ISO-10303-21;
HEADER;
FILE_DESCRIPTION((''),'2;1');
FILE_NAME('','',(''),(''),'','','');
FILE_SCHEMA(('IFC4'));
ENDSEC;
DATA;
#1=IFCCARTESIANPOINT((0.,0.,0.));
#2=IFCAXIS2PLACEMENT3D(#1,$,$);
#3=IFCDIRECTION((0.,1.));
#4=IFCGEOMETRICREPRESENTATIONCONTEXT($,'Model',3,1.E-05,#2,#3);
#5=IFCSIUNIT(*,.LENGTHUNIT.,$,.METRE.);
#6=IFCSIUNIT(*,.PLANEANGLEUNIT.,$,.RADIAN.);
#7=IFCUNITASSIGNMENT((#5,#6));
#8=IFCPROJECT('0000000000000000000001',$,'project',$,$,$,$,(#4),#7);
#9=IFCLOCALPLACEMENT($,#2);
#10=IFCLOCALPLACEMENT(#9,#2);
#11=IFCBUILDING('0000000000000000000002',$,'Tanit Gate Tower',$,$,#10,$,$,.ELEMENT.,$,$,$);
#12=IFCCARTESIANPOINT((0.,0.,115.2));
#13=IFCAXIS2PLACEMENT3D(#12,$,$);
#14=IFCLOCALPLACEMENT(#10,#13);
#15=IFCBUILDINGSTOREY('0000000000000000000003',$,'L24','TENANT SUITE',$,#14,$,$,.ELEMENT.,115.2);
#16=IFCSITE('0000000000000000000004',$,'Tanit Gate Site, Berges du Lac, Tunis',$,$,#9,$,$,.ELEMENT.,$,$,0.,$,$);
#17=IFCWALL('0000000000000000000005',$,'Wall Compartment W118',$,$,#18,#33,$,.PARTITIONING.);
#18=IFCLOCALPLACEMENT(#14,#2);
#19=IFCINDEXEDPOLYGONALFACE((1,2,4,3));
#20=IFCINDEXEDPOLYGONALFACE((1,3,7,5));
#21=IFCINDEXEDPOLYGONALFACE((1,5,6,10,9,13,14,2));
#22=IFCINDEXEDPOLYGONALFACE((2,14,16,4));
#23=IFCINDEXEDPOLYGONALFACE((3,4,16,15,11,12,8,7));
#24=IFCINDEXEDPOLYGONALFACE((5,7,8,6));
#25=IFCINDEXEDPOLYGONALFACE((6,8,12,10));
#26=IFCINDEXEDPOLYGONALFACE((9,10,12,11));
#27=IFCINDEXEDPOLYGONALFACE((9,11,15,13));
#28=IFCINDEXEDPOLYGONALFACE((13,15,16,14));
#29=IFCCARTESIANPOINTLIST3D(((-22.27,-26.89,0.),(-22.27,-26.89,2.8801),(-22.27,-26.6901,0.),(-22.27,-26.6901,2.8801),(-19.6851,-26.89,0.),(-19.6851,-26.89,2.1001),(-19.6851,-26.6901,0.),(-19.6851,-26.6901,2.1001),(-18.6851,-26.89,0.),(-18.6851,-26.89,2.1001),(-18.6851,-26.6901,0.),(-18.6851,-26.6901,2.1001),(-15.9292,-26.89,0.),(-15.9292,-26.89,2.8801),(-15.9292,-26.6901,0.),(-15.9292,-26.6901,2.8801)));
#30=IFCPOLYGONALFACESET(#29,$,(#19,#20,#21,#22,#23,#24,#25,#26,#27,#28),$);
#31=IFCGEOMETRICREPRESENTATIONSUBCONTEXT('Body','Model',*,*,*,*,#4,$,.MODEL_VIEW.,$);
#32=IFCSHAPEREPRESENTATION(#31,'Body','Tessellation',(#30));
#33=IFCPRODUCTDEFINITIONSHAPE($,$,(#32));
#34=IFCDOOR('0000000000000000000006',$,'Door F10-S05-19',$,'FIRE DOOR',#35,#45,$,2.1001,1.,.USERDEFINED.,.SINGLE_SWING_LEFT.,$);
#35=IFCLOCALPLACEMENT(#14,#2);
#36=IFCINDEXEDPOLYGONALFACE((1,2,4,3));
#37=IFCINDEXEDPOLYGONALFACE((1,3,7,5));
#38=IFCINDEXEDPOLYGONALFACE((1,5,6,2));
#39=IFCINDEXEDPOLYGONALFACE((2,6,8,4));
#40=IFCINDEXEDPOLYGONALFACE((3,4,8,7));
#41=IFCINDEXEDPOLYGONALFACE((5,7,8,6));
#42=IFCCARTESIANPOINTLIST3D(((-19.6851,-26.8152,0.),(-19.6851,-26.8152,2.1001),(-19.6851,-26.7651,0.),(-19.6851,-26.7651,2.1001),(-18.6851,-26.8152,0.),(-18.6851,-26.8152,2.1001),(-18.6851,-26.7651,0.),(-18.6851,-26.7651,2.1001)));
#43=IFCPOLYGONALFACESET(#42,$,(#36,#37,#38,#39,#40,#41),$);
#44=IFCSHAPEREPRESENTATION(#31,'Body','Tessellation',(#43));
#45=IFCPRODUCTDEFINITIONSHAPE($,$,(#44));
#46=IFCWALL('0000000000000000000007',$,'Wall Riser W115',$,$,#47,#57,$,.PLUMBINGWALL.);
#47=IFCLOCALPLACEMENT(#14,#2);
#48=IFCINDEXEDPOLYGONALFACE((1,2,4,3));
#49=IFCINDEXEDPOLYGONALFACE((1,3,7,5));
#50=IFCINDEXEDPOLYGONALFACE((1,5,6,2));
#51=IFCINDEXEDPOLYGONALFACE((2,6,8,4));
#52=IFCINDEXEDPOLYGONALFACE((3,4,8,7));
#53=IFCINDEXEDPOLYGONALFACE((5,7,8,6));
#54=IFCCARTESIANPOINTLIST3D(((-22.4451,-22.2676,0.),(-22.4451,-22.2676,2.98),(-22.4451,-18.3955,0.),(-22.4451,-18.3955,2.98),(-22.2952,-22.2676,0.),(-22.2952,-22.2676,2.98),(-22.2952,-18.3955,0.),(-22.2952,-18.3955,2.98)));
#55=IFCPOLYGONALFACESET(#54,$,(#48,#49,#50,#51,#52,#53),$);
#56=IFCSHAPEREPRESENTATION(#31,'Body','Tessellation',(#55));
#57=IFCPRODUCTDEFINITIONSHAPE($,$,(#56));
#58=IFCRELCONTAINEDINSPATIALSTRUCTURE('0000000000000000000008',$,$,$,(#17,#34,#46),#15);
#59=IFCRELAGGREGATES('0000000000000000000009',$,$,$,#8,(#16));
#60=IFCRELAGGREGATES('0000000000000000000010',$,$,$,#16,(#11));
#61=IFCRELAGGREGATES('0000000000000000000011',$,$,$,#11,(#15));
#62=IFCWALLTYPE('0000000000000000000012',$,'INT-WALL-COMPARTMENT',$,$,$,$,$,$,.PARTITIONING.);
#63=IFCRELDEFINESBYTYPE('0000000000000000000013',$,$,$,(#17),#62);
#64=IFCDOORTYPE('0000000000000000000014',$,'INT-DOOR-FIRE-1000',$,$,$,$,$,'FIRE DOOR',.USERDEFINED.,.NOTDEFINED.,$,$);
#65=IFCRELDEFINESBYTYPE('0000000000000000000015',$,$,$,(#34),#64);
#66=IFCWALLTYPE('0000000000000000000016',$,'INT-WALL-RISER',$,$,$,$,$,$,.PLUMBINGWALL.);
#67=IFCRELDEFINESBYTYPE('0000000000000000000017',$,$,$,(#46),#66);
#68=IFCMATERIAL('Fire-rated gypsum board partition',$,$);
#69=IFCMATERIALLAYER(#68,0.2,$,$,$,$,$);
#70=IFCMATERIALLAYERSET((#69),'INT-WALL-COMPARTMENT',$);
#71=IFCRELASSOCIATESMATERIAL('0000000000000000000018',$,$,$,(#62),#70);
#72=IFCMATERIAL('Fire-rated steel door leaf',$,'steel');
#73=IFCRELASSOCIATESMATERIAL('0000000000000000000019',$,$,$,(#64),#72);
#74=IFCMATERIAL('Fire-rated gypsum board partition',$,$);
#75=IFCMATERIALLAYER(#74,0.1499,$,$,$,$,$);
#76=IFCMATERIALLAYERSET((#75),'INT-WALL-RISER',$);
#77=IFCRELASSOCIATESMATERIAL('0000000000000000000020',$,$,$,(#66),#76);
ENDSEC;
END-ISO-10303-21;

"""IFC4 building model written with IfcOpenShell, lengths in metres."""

from ifc_helpers import new_model, si_unit, direction, frame, frame_2d, origin, place, context, subcontext, project, spatial, rectangle, extrude, material, layer, layer_set, type_object, element, fill, save


model = new_model("IFC4")

# Units and contexts
model_context = context("Model", 3, precision=1e-05, world=origin(), true_north=direction((0.0, 1.0)))
body_context = subcontext(model_context, "Body", "Model", "MODEL_VIEW")
ifc_project = project(units=[si_unit("LENGTHUNIT", "METRE"), si_unit("PLANEANGLEUNIT", "RADIAN")], contexts=[model_context])

# Site, building, storey
site_placement = place(None, origin())
site = spatial("IfcSite", under=ifc_project, at=site_placement, Name="Tanit Gate Site, Berges du Lac, Tunis", CompositionType="ELEMENT", RefElevation=0.0)
building_placement = place(site_placement, origin())
building = spatial("IfcBuilding", under=site, at=building_placement, Name="Tanit Gate Tower", CompositionType="ELEMENT")
storey_placement = place(building_placement, frame((0.0, 0.0, 115.2)))
storey = spatial("IfcBuildingStorey", under=building, at=storey_placement, Name="L24", Description="TENANT SUITE", CompositionType="ELEMENT", Elevation=115.2)

# Shared definitions
ifc_material_1 = material(Name="Fire-rated gypsum board partition")
ifc_layer_1 = layer(ifc_material_1, 0.2)
ifc_layer_set_1 = layer_set([ifc_layer_1], Name="INT-WALL-COMPARTMENT")
wall_type_1 = type_object("IfcWallType", Name="INT-WALL-COMPARTMENT", PredefinedType="PARTITIONING", material=ifc_layer_set_1)

# Wall, opening, door
wall_1_placement = place(storey_placement, frame((-22.27, -26.79, 0.0), z_axis=(0.0, 0.0, 1.0), x_axis=(1.0, 0.0, 0.0)))
wall_1 = element("IfcWall", 1, at=wall_1_placement, inside=storey, type_object=wall_type_1, Name="Wall Compartment W118", PredefinedType="PARTITIONING", context=body_context, shape_type="SweptSolid", body=[
    extrude(rectangle(XDim=6.3408, YDim=0.2, at=frame_2d((3.1704, 0.0))), origin(), (0.0, 0.0, 1.0), 2.8801),
])
opening_placement = place(wall_1_placement, frame((2.585, 0.0, 0.0)))
opening = element("IfcOpeningElement", 2, at=opening_placement, cuts=wall_1, PredefinedType="OPENING", context=body_context, shape_type="SweptSolid", body=[
    extrude(rectangle(XDim=1.0, YDim=2.1001, at=frame_2d((0.5, 1.05))), frame((0.0, 0.1099, 0.0), z_axis=(0.0, -1.0, 0.0), x_axis=(1.0, 0.0, 0.0)), (0.0, 0.0, 1.0), 0.22),
])
ifc_material_2 = material(Name="Fire-rated steel door leaf", Category="steel")
door_type = type_object("IfcDoorType", Name="INT-DOOR-FIRE-1000", ElementType="FIRE DOOR", OperationType="NOTDEFINED", PredefinedType="USERDEFINED", material=ifc_material_2)
door_placement = place(opening_placement, origin())
door = element("IfcDoor", 3, at=door_placement, inside=storey, type_object=door_type, Name="Door F10-S05-19", ObjectType="FIRE DOOR", OperationType="SINGLE_SWING_LEFT", OverallHeight=2.1001, OverallWidth=1.0, PredefinedType="USERDEFINED", context=body_context, shape_type="SweptSolid", body=[
    extrude(rectangle(XDim=1.0, YDim=2.1001, at=frame_2d((0.5, 1.05))), frame((0.0, 0.0249, 0.0), z_axis=(0.0, -1.0, 0.0), x_axis=(1.0, 0.0, 0.0)), (0.0, 0.0, 1.0), 0.05),
])
fill(opening, door)

# Wall
ifc_material_3 = material(Name="Fire-rated gypsum board partition")
ifc_layer_2 = layer(ifc_material_3, 0.1499)
ifc_layer_set_2 = layer_set([ifc_layer_2], Name="INT-WALL-RISER")
wall_type_2 = type_object("IfcWallType", Name="INT-WALL-RISER", PredefinedType="PLUMBINGWALL", material=ifc_layer_set_2)
wall_2_placement = place(storey_placement, frame((-22.3701, -22.2676, 0.0), z_axis=(0.0, 0.0, 1.0), x_axis=(0.0, 1.0, 0.0)))
element("IfcWall", 4, at=wall_2_placement, inside=storey, type_object=wall_type_2, Name="Wall Riser W115", PredefinedType="PLUMBINGWALL", context=body_context, shape_type="SweptSolid", body=[
    extrude(rectangle(XDim=3.8721, YDim=0.1499, at=frame_2d((1.936, 0.0))), origin(), (0.0, 0.0, 1.0), 2.98),
])

save(model, "model.ifc")
